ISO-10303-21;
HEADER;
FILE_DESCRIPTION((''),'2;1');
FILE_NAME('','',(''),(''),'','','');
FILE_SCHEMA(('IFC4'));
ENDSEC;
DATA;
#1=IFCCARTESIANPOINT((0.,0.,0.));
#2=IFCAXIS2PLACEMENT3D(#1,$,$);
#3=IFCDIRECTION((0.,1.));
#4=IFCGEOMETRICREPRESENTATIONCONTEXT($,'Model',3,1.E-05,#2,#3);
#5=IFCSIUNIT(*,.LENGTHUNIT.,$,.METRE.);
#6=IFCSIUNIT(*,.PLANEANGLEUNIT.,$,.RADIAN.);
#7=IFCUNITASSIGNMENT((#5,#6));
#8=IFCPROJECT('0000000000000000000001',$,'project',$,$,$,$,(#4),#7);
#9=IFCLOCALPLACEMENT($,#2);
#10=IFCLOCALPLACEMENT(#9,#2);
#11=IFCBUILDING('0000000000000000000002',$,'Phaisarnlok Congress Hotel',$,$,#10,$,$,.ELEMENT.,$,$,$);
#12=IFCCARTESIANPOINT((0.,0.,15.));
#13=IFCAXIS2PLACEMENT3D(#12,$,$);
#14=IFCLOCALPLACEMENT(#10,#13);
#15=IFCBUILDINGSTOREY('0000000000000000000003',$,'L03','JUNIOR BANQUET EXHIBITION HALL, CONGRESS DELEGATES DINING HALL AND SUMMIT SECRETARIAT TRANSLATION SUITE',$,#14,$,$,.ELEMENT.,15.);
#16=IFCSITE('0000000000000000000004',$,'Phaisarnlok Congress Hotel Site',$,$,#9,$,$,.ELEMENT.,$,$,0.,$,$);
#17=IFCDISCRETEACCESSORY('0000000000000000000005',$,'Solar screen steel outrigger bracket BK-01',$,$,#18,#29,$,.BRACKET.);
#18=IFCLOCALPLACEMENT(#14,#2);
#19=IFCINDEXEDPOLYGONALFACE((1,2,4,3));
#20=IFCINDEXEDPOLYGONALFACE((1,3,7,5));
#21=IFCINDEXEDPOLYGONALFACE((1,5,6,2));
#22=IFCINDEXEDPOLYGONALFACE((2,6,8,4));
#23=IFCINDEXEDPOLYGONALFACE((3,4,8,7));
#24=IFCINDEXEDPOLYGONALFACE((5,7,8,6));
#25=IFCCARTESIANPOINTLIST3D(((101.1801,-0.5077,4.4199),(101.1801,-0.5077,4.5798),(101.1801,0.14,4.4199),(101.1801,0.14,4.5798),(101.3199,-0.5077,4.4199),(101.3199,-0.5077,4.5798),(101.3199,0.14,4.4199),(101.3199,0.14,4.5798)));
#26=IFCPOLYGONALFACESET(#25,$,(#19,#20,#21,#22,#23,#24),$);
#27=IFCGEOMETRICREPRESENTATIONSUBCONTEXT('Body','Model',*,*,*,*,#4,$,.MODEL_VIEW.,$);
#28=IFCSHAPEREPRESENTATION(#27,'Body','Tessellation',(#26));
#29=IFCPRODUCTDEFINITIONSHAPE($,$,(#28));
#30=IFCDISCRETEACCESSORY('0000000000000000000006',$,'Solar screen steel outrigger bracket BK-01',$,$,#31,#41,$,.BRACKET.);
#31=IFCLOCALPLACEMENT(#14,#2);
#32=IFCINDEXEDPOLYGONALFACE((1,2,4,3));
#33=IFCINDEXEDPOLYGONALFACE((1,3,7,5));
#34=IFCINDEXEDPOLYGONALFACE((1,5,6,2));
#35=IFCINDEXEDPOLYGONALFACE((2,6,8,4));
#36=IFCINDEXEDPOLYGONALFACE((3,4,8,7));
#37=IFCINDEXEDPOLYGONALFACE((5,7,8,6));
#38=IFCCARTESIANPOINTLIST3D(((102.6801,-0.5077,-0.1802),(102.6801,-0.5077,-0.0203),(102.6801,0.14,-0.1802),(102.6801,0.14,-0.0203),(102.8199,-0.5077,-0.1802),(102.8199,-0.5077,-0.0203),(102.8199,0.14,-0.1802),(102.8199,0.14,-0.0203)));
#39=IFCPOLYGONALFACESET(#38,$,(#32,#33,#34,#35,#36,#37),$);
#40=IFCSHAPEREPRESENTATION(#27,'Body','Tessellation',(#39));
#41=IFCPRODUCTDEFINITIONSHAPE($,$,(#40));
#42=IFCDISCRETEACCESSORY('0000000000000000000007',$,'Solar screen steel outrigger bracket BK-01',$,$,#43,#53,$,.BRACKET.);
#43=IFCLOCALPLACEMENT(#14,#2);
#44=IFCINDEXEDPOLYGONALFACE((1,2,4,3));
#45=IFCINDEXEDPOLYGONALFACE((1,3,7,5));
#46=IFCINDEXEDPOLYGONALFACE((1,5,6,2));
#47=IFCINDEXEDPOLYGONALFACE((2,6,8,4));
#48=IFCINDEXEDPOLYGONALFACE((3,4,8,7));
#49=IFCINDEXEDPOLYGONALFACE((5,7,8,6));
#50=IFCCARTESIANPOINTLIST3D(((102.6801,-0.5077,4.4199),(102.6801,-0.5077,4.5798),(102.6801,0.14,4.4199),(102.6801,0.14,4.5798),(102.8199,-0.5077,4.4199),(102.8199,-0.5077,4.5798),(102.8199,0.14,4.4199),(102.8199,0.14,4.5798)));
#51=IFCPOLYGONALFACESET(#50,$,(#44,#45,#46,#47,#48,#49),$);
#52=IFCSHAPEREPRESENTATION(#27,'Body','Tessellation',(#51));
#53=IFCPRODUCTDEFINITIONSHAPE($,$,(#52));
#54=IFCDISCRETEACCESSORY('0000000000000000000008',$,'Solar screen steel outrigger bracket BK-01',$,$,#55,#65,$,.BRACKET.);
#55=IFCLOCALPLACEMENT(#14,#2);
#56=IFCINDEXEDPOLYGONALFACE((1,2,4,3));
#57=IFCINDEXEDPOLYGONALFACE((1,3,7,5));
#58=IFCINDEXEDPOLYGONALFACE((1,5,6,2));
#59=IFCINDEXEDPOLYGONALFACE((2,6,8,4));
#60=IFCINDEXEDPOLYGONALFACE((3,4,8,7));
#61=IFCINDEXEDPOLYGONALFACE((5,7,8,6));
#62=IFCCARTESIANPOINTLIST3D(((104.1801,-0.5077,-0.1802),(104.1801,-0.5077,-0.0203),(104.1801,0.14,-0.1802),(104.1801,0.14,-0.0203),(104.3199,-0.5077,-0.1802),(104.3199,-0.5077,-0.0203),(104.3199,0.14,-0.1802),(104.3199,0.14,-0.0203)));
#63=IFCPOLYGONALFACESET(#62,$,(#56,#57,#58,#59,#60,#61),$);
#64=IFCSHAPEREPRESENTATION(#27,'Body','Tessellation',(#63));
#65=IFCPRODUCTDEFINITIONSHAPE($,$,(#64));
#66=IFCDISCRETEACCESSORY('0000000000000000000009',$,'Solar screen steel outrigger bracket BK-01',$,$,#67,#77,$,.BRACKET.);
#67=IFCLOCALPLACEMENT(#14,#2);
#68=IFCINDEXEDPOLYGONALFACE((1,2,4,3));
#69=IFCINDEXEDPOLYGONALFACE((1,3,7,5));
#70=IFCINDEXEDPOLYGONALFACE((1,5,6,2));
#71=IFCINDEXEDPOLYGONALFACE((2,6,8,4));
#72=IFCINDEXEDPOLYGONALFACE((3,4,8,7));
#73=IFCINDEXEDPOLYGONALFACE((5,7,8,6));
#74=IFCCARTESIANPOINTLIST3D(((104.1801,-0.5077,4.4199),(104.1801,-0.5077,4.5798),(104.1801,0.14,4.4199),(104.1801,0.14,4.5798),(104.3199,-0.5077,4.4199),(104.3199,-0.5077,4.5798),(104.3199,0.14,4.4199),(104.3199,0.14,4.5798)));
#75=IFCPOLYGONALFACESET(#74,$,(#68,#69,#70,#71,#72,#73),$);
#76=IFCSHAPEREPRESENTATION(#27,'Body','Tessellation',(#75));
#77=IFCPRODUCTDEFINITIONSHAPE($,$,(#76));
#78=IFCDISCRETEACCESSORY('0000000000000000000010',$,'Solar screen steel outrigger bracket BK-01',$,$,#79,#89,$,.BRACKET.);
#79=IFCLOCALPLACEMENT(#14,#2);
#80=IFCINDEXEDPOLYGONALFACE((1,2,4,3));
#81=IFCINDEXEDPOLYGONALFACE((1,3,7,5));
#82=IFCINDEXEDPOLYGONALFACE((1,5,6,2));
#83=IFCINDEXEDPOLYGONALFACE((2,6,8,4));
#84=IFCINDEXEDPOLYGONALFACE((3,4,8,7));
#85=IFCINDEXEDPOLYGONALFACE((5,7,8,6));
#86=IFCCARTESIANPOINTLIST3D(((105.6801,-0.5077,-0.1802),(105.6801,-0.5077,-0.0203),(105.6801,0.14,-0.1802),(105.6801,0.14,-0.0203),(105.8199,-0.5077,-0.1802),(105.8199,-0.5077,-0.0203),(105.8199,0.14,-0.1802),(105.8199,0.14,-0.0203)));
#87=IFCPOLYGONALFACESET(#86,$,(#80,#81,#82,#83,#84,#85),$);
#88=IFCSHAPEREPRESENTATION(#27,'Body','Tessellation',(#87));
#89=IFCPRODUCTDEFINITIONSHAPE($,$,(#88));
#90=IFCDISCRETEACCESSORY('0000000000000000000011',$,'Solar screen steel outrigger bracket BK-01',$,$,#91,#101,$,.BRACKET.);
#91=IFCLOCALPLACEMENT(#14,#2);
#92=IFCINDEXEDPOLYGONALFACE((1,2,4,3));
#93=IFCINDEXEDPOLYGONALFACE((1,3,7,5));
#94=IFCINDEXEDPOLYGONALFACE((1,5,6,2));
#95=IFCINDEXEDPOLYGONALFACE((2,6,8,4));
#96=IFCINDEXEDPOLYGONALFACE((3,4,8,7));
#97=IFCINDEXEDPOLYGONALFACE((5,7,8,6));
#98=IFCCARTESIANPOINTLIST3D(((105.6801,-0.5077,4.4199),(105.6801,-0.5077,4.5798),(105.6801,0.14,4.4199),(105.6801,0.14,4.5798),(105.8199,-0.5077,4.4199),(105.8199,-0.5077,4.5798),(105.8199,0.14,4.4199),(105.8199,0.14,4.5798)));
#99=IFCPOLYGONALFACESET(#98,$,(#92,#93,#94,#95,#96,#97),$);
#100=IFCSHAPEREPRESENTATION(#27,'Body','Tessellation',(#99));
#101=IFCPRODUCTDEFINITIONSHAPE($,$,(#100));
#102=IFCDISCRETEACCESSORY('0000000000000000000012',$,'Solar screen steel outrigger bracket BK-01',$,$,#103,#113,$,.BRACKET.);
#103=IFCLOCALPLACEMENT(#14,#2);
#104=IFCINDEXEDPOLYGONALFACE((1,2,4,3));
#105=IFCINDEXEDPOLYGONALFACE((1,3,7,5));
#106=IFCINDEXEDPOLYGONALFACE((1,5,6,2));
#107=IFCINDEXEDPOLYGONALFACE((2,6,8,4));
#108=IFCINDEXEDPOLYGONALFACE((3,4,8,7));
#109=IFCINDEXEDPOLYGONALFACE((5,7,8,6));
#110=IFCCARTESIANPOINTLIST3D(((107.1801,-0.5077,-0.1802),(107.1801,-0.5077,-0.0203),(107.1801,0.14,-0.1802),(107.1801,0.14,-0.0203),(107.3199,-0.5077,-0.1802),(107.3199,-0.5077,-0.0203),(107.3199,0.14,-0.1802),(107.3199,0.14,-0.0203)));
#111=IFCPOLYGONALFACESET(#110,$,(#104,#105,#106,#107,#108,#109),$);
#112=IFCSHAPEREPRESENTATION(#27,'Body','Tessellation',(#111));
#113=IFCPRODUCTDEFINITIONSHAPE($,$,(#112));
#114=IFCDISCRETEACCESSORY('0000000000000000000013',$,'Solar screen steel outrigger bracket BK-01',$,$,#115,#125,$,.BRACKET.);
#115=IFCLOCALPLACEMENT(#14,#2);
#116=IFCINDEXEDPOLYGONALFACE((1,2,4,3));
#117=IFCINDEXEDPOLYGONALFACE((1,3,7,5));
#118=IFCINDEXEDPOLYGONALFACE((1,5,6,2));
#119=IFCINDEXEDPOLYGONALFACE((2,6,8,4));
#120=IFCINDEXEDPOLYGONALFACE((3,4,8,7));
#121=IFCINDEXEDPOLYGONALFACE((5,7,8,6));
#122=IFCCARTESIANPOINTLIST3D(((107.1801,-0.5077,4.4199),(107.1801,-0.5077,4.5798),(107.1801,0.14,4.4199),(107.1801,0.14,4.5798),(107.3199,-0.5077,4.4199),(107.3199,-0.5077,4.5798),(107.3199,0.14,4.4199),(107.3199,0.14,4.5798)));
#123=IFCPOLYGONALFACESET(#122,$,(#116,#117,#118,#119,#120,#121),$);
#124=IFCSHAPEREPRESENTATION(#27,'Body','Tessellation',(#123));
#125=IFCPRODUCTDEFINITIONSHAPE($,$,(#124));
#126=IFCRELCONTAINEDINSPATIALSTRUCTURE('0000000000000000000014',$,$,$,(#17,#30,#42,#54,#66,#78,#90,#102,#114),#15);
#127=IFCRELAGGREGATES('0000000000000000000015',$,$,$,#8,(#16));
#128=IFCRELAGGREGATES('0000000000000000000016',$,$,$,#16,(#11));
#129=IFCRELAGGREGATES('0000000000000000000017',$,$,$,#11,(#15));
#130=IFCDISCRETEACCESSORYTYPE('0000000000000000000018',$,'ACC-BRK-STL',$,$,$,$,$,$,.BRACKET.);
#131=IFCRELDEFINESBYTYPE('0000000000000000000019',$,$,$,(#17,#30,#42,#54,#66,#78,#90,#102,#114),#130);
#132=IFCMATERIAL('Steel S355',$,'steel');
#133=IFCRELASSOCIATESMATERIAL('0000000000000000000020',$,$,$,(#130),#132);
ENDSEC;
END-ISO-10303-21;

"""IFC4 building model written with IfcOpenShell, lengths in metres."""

from ifc_helpers import new_model, si_unit, direction, frame, origin, origin_2d, place, context, subcontext, project, spatial, rectangle, extrude, material, type_object, element, save


model = new_model("IFC4")

# Units and contexts
model_context = context("Model", 3, precision=1e-05, world=origin(), true_north=direction((0.0, 1.0)))
body_context = subcontext(model_context, "Body", "Model", "MODEL_VIEW")
ifc_project = project(units=[si_unit("LENGTHUNIT", "METRE"), si_unit("PLANEANGLEUNIT", "RADIAN")], contexts=[model_context])

# Site, building, storey
site_placement = place(None, origin())
site = spatial("IfcSite", under=ifc_project, at=site_placement, Name="Phaisarnlok Congress Hotel Site", CompositionType="ELEMENT", RefElevation=0.0)
building_placement = place(site_placement, origin())
building = spatial("IfcBuilding", under=site, at=building_placement, Name="Phaisarnlok Congress Hotel", CompositionType="ELEMENT")
storey_placement = place(building_placement, frame((0.0, 0.0, 15.0)))
storey = spatial("IfcBuildingStorey", under=building, at=storey_placement, Name="L03", Description="JUNIOR BANQUET EXHIBITION HALL, CONGRESS DELEGATES DINING HALL AND SUMMIT SECRETARIAT TRANSLATION SUITE", CompositionType="ELEMENT", Elevation=15.0)

# Shared definitions
ifc_material_1 = material(Name="Steel S355", Category="steel")

# Discrete accessories
discrete_accessory_type = type_object("IfcDiscreteAccessoryType", Name="ACC-BRK-STL", PredefinedType="BRACKET", material=ifc_material_1)
for number, where, z_axis, x_axis, name in (
    (1, (101.25, -0.1838, 4.4199), (0.0, 0.0, 1.0), (1.0, 0.0, 0.0), "Solar screen steel outrigger bracket BK-01"),
    (2, (102.75, -0.1838, -0.1802), (0.0, 0.0, 1.0), (1.0, 0.0, 0.0), "Solar screen steel outrigger bracket BK-01"),
    (3, (102.75, -0.1838, 4.4199), (0.0, 0.0, 1.0), (1.0, 0.0, 0.0), "Solar screen steel outrigger bracket BK-01"),
    (4, (104.25, -0.1838, -0.1802), (0.0, 0.0, 1.0), (1.0, 0.0, 0.0), "Solar screen steel outrigger bracket BK-01"),
    (5, (104.25, -0.1838, 4.4199), (0.0, 0.0, 1.0), (1.0, 0.0, 0.0), "Solar screen steel outrigger bracket BK-01"),
    (6, (105.75, -0.1838, -0.1802), (0.0, 0.0, 1.0), (1.0, 0.0, 0.0), "Solar screen steel outrigger bracket BK-01"),
    (7, (105.75, -0.1838, 4.4199), (0.0, 0.0, 1.0), (1.0, 0.0, 0.0), "Solar screen steel outrigger bracket BK-01"),
    (8, (107.25, -0.1838, -0.1802), (0.0, 0.0, 1.0), (1.0, 0.0, 0.0), "Solar screen steel outrigger bracket BK-01"),
    (9, (107.25, -0.1838, 4.4199), (0.0, 0.0, 1.0), (1.0, 0.0, 0.0), "Solar screen steel outrigger bracket BK-01"),
):
    element("IfcDiscreteAccessory", number, at=place(storey_placement, frame(where, z_axis=z_axis, x_axis=x_axis)), inside=storey, type_object=discrete_accessory_type, Name=name, PredefinedType="BRACKET", context=body_context, shape_type="SweptSolid", body=[
        extrude(rectangle(XDim=0.1399, YDim=0.6477, at=origin_2d()), origin(), (0.0, 0.0, 1.0), 0.1599),
    ])

save(model, "model.ifc")
